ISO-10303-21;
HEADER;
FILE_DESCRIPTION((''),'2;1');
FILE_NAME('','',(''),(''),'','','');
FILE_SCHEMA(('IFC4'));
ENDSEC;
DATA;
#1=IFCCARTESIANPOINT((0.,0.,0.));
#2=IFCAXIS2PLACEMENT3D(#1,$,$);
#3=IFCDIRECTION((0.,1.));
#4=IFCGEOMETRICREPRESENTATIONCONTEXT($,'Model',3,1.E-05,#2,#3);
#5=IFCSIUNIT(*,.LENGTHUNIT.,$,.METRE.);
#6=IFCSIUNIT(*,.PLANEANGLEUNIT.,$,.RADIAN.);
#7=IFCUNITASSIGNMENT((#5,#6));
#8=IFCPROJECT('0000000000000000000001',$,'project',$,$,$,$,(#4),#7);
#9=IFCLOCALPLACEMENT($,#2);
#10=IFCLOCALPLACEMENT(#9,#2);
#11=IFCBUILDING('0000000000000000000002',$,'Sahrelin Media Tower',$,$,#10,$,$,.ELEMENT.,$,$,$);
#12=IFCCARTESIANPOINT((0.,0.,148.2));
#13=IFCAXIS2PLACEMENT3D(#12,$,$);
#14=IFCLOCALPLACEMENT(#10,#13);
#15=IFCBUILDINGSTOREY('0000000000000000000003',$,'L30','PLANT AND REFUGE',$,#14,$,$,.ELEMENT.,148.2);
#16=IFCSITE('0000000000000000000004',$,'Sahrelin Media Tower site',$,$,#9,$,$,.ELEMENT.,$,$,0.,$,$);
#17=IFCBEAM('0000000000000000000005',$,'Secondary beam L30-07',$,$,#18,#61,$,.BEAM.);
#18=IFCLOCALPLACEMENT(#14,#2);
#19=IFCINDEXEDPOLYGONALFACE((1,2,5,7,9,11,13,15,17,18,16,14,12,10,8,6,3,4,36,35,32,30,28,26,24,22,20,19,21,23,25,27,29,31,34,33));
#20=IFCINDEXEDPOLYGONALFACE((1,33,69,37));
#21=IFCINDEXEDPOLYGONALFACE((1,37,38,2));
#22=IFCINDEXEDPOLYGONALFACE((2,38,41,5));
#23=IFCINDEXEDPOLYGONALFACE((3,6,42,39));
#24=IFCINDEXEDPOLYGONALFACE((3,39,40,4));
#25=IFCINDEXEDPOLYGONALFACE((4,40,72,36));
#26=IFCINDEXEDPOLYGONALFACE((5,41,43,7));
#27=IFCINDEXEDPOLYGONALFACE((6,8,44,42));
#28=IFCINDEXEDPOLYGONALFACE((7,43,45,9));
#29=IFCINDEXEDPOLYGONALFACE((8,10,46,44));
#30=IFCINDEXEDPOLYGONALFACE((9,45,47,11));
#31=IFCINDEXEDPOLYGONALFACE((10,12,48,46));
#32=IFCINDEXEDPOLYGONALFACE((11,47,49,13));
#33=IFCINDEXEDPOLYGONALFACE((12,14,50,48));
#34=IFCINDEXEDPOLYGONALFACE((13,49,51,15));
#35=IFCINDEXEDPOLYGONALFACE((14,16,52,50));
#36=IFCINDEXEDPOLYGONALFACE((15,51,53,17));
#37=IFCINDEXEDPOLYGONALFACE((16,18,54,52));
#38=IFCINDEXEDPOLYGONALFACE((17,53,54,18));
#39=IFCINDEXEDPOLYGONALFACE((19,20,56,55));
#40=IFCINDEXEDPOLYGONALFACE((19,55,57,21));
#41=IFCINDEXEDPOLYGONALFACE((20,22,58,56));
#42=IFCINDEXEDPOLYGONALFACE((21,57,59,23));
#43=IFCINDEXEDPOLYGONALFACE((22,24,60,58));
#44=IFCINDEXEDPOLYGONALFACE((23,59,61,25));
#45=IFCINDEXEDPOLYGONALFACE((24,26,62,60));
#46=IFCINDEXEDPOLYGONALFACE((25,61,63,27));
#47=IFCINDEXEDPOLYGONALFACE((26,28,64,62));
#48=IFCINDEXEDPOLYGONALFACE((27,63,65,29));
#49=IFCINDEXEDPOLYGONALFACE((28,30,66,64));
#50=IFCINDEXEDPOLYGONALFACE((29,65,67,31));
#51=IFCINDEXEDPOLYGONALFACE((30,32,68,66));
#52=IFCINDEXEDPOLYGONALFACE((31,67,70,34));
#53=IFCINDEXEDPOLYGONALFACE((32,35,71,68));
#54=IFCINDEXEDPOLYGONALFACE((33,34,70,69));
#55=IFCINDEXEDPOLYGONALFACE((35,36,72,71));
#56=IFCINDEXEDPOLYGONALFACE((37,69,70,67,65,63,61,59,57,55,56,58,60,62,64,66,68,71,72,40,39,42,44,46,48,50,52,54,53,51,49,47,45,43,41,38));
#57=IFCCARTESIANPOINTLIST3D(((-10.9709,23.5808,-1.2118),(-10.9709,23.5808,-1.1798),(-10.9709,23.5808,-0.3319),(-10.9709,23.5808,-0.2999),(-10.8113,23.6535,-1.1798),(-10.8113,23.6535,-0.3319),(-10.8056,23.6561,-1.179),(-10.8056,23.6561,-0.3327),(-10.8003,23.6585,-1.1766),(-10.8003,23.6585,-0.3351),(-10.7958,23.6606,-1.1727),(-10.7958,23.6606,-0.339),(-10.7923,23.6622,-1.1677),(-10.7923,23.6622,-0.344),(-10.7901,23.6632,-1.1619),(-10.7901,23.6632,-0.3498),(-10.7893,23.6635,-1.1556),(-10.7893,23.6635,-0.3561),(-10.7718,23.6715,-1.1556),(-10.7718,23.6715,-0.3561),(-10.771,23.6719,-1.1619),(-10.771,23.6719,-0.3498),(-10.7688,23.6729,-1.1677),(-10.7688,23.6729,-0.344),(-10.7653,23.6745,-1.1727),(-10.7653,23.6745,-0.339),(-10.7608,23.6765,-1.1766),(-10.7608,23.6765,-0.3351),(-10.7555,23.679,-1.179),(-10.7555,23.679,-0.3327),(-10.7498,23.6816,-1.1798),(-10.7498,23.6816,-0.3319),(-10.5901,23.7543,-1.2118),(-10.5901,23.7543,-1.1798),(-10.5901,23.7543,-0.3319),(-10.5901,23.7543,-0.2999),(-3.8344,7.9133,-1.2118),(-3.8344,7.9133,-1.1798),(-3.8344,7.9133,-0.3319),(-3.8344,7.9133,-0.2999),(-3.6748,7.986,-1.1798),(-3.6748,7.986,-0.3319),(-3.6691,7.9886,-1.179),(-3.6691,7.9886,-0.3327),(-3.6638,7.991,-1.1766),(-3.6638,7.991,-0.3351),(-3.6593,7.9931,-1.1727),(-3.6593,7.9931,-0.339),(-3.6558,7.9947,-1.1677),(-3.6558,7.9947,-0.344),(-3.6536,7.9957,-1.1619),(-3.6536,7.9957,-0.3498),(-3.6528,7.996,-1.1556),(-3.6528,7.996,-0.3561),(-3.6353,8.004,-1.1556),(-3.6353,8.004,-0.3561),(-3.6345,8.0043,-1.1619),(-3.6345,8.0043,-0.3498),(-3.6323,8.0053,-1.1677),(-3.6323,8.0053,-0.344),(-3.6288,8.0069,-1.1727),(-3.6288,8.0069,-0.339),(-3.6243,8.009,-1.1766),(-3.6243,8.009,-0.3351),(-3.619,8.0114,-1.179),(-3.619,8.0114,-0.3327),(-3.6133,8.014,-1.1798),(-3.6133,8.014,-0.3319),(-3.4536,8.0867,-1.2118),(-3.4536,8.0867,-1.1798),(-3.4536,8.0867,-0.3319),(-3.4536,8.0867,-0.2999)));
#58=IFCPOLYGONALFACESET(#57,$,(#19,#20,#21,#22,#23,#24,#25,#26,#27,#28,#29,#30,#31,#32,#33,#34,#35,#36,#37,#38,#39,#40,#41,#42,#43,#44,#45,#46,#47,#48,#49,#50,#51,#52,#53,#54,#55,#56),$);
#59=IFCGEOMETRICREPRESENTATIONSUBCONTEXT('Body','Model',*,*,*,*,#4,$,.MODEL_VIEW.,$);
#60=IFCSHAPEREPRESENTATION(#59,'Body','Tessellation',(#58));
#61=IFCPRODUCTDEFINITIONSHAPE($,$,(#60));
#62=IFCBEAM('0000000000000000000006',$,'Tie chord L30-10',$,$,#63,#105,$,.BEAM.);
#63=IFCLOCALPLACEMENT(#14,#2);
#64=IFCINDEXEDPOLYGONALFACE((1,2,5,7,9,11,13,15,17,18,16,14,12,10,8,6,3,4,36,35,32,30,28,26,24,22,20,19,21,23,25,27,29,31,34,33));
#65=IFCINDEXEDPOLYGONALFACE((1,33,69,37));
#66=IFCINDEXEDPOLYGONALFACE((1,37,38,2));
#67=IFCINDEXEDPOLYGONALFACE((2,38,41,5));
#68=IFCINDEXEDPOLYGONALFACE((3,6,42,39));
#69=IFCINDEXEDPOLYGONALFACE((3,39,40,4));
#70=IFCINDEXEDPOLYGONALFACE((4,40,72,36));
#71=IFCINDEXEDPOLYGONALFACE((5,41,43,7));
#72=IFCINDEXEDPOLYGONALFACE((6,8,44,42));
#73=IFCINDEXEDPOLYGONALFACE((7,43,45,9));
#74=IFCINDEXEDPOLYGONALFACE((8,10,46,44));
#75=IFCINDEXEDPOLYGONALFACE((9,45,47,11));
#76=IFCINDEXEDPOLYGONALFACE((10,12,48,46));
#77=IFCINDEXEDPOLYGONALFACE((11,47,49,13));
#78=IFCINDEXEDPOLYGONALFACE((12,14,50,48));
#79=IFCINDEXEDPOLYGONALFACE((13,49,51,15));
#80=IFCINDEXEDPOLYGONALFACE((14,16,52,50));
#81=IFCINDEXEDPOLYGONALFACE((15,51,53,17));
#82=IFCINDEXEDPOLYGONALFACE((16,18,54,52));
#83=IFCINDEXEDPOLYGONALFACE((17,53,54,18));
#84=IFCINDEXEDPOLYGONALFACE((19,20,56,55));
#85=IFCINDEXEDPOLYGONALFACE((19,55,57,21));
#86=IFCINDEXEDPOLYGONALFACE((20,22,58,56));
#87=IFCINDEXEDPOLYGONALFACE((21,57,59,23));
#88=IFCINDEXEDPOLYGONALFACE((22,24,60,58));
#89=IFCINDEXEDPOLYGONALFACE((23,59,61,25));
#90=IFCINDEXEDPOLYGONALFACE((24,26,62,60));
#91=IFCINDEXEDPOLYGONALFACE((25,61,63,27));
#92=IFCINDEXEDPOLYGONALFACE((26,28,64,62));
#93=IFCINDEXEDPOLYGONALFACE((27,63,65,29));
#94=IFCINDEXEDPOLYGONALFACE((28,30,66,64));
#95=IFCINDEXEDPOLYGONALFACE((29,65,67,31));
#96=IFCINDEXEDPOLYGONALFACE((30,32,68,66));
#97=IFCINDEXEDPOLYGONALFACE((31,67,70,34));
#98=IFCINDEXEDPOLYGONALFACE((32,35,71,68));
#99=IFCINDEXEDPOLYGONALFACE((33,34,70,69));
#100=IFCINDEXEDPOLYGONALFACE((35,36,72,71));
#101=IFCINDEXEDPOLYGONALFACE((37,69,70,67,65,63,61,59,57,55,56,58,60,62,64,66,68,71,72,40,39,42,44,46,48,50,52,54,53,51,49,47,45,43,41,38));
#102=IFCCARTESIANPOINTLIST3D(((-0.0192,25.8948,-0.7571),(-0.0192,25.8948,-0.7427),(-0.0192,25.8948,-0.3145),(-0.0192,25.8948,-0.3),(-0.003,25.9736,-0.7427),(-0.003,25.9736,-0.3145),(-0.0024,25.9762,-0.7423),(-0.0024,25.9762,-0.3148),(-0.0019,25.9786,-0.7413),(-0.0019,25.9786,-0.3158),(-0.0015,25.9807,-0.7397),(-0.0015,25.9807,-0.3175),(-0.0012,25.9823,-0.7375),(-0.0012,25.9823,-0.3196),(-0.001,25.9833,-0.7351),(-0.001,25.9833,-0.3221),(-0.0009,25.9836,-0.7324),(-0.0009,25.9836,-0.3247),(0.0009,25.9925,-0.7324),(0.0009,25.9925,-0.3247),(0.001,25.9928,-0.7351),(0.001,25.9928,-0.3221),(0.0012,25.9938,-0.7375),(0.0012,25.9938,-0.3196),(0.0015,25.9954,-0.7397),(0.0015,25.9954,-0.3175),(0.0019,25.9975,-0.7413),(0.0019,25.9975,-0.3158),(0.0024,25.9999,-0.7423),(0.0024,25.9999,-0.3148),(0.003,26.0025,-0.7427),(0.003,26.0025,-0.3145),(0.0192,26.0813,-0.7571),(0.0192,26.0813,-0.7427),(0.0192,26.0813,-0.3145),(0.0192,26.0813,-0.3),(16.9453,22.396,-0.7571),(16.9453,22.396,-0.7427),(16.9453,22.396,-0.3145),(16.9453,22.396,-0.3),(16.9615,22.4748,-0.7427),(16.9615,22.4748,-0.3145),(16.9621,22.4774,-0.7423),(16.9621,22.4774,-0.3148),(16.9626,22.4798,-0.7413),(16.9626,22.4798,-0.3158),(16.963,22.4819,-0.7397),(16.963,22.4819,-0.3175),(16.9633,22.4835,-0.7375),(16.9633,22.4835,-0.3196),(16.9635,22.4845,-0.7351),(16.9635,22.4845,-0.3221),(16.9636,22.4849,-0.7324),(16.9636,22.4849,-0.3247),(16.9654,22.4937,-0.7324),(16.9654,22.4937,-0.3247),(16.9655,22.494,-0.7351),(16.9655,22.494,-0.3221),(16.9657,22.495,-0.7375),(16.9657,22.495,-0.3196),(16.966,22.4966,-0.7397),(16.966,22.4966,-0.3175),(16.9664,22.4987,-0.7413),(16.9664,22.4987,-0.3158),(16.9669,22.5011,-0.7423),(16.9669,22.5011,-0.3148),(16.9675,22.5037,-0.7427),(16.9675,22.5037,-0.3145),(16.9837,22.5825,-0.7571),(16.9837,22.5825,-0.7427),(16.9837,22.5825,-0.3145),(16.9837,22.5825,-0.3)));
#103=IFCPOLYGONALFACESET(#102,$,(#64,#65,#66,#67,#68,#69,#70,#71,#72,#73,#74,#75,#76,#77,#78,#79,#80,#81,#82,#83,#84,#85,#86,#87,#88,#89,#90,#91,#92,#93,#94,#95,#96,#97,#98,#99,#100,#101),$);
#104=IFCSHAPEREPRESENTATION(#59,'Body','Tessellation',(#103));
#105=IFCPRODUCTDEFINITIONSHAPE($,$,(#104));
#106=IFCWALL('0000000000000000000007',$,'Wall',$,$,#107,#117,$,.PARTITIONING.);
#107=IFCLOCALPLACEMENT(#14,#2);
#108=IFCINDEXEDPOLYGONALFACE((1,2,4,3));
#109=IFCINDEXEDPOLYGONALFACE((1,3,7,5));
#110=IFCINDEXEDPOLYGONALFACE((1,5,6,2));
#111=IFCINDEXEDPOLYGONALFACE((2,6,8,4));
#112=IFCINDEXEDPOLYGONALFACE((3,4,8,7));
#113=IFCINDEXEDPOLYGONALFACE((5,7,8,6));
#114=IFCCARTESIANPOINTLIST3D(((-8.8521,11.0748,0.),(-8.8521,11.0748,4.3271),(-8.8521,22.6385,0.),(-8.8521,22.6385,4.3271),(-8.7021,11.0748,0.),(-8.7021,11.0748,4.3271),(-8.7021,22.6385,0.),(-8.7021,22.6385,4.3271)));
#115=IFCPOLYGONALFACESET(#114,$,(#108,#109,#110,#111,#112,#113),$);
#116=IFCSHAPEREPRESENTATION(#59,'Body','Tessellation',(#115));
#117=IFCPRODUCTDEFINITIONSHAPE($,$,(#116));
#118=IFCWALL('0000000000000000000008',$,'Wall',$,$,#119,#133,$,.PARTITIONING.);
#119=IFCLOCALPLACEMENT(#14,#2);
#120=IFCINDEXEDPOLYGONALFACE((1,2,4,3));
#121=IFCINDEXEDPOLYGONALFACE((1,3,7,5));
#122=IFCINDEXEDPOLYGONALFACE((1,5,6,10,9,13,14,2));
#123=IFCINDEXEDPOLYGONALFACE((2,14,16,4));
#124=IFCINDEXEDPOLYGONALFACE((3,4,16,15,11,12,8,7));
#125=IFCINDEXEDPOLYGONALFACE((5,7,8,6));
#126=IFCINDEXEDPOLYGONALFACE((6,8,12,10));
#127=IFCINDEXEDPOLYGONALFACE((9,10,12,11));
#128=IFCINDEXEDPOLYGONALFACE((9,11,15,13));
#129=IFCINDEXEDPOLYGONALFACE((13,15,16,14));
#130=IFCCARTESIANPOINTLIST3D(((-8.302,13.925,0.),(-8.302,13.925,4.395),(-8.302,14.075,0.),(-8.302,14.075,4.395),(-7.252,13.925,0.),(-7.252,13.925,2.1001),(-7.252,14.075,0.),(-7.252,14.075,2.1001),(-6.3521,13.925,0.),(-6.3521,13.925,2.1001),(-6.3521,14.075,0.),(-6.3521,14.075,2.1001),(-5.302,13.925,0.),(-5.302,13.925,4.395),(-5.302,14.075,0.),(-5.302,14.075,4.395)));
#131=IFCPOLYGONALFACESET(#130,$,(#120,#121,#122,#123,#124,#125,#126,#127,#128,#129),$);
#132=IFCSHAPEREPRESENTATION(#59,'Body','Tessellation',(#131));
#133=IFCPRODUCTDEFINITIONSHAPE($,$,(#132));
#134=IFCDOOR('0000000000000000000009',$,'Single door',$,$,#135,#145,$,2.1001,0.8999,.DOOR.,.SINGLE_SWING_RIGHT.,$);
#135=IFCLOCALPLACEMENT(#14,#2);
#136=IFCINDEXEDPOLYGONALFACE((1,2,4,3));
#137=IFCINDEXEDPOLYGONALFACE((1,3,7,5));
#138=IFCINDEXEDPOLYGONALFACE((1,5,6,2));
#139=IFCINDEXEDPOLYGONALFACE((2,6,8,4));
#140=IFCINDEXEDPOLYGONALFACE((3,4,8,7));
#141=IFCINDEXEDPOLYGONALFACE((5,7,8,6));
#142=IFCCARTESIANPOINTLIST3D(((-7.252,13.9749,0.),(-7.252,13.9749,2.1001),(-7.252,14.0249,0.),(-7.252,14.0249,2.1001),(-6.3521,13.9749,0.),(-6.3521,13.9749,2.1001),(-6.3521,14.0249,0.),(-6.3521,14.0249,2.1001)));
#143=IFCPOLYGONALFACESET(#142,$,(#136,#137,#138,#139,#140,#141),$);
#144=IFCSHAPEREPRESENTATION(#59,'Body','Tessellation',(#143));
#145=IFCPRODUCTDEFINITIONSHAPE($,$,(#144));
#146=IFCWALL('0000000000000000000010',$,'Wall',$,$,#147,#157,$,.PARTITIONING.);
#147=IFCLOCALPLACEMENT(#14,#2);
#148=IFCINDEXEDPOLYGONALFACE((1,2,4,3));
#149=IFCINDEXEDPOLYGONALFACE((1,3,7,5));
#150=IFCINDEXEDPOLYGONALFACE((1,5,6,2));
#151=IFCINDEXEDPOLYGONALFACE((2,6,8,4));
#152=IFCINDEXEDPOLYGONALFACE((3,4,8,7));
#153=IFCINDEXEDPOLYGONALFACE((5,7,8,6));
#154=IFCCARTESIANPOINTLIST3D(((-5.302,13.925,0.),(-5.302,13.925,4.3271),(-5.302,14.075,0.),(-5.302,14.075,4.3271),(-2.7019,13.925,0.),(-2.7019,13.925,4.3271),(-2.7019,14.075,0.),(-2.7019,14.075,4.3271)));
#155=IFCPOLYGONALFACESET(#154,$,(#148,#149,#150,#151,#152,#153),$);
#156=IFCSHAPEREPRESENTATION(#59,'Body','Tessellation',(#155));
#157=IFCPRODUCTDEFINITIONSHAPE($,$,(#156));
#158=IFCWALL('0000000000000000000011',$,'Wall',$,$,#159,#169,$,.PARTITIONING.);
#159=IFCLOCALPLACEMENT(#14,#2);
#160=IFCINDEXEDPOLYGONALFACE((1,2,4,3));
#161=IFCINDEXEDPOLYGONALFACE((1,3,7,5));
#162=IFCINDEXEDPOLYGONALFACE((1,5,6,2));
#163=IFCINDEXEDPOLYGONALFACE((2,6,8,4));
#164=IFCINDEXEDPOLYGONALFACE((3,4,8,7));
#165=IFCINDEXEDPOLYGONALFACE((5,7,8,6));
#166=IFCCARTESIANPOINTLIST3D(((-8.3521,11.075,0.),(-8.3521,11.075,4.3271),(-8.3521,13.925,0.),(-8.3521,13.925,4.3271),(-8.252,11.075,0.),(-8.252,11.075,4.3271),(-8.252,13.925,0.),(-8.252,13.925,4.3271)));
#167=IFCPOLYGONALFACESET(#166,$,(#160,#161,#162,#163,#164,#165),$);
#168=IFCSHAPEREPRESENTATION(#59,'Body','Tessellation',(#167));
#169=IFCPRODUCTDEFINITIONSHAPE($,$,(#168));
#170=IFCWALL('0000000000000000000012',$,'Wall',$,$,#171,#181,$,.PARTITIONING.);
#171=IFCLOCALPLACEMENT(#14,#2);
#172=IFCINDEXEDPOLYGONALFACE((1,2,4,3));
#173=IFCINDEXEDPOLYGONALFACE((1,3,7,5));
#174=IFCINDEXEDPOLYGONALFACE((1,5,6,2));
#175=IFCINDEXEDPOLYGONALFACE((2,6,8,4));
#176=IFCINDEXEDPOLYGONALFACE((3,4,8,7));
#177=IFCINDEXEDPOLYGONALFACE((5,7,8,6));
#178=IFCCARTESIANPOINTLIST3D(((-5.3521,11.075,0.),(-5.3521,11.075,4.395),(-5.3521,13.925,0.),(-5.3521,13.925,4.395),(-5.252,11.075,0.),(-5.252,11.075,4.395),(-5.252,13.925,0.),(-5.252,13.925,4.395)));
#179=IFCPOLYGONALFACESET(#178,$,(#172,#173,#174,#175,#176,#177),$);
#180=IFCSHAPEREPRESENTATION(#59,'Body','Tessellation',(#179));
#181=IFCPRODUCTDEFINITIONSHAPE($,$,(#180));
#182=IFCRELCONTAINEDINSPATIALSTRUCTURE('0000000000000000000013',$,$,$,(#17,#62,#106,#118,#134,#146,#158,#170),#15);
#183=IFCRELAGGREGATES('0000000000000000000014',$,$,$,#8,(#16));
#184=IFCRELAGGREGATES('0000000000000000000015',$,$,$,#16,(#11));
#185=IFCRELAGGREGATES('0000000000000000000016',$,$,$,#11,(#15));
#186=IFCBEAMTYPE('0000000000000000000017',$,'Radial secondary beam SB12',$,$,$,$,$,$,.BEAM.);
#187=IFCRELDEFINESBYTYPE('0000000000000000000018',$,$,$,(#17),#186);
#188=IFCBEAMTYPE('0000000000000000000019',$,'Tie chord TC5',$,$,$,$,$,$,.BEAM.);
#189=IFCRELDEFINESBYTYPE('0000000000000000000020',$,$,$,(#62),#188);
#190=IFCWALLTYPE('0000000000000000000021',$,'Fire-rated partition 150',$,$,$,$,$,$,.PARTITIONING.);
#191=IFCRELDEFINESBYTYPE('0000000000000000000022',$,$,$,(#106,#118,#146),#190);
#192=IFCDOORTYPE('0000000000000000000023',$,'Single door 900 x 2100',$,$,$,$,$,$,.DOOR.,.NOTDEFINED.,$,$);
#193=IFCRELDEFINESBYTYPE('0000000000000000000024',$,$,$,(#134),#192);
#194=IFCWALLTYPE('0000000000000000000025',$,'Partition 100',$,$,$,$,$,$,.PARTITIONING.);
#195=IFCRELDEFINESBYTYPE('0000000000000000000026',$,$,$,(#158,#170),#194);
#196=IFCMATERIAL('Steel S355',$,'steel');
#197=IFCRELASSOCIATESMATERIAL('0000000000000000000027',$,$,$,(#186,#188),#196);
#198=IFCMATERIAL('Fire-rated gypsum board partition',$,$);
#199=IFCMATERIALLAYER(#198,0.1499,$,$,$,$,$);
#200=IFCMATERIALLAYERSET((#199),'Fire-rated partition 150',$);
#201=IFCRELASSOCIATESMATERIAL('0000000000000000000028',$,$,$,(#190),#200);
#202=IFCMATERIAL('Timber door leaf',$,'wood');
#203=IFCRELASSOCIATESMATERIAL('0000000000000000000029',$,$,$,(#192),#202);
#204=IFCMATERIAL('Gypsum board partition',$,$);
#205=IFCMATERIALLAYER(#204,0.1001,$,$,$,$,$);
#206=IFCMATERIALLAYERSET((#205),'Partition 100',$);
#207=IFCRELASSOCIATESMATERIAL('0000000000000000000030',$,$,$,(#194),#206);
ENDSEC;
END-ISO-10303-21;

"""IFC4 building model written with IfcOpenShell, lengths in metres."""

from ifc_helpers import new_model, si_unit, direction, frame, frame_2d, origin, origin_2d, place, context, subcontext, project, spatial, rectangle, i_section, extrude, material, layer, layer_set, material_profile, profile_set, type_object, element, fill, save


model = new_model("IFC4")

# Units and contexts
model_context = context("Model", 3, precision=1e-05, world=origin(), true_north=direction((0.0, 1.0)))
body_context = subcontext(model_context, "Body", "Model", "MODEL_VIEW")
ifc_project = project(units=[si_unit("LENGTHUNIT", "METRE"), si_unit("PLANEANGLEUNIT", "RADIAN")], contexts=[model_context])

# Site, building, storey
site_placement = place(None, origin())
site = spatial("IfcSite", under=ifc_project, at=site_placement, Name="Sahrelin Media Tower site", CompositionType="ELEMENT", RefElevation=0.0)
building_placement = place(site_placement, origin())
building = spatial("IfcBuilding", under=site, at=building_placement, Name="Sahrelin Media Tower", CompositionType="ELEMENT")
storey_placement = place(building_placement, frame((0.0, 0.0, 148.2)))
storey = spatial("IfcBuildingStorey", under=building, at=storey_placement, Name="L30", Description="PLANT AND REFUGE", CompositionType="ELEMENT", Elevation=148.2)

# Beams
ifc_material_1 = material(Name="Steel S355", Category="steel")
ifc_material_profile_1 = material_profile(ifc_material_1, i_section(OverallWidth=0.4185, OverallDepth=0.9119, WebThickness=0.0193, FlangeThickness=0.032, FilletRadius=0.0242, at=origin_2d()), Name="UB 914x419x343")
ifc_profile_set_1 = profile_set([ifc_material_profile_1], Name="Steel S355")
beam_type_1 = type_object("IfcBeamType", Name="Radial secondary beam SB12", PredefinedType="BEAM", material=ifc_profile_set_1)
beam_1_placement = place(storey_placement, frame((-3.644, 8.0, -0.7559), z_axis=(-0.41452, 0.91004, 0.0), x_axis=(-0.91004, -0.41452, 0.0)))
element("IfcBeam", 1, at=beam_1_placement, inside=storey, type_object=beam_type_1, Name="Secondary beam L30-07", PredefinedType="BEAM", context=body_context, shape_type="SweptSolid", body=[
    extrude(i_section(OverallWidth=0.4185, OverallDepth=0.9119, WebThickness=0.0193, FlangeThickness=0.032, FilletRadius=0.0242, at=origin_2d()), origin(), (0.0, 0.0, 1.0), 17.2163),
])
ifc_material_profile_2 = material_profile(ifc_material_1, i_section(OverallWidth=0.1904, OverallDepth=0.457, WebThickness=0.009, FlangeThickness=0.0144, FilletRadius=0.0103, at=origin_2d()), Name="UB 457x191x74")
ifc_profile_set_2 = profile_set([ifc_material_profile_2], Name="Steel S355")
beam_type_2 = type_object("IfcBeamType", Name="Tie chord TC5", PredefinedType="BEAM", material=ifc_profile_set_2)
beam_2_placement = place(storey_placement, frame((0.0, 25.988, -0.5286), z_axis=(0.979388, -0.201989, 0.0), x_axis=(0.201989, 0.979388, 0.0)))
element("IfcBeam", 2, at=beam_2_placement, inside=storey, type_object=beam_type_2, Name="Tie chord L30-10", PredefinedType="BEAM", context=body_context, shape_type="SweptSolid", body=[
    extrude(i_section(OverallWidth=0.1904, OverallDepth=0.457, WebThickness=0.009, FlangeThickness=0.0144, FilletRadius=0.0103, at=origin_2d()), origin(), (0.0, 0.0, 1.0), 17.3215),
])

# Wall
ifc_material_2 = material(Name="Fire-rated gypsum board partition")
ifc_layer_1 = layer(ifc_material_2, 0.1499)
ifc_layer_set_1 = layer_set([ifc_layer_1], Name="Fire-rated partition 150")
wall_type_1 = type_object("IfcWallType", Name="Fire-rated partition 150", PredefinedType="PARTITIONING", material=ifc_layer_set_1)
wall_1_placement = place(storey_placement, frame((-8.7771, 11.075, 0.0), z_axis=(0.0, 0.0, 1.0), x_axis=(0.0, 1.0, 0.0)))
element("IfcWall", 3, at=wall_1_placement, inside=storey, type_object=wall_type_1, Name="Wall", PredefinedType="PARTITIONING", context=body_context, shape_type="SweptSolid", body=[
    extrude(rectangle(XDim=11.5637, YDim=0.1499, at=frame_2d((5.7817, 0.0))), origin(), (0.0, 0.0, 1.0), 4.3271),
])

# Wall, opening, door
wall_2_placement = place(storey_placement, frame((-8.302, 14.0, 0.0), z_axis=(0.0, 0.0, 1.0), x_axis=(1.0, 0.0, 0.0)))
wall_2 = element("IfcWall", 4, at=wall_2_placement, inside=storey, type_object=wall_type_1, Name="Wall", PredefinedType="PARTITIONING", context=body_context, shape_type="SweptSolid", body=[
    extrude(rectangle(XDim=3.0, YDim=0.1499, at=frame_2d((1.5, 0.0))), origin(), (0.0, 0.0, 1.0), 4.395),
])
opening_1_placement = place(wall_2_placement, frame((1.05, 0.0, 0.0)))
opening_1 = element("IfcOpeningElement", 5, at=opening_1_placement, cuts=wall_2, PredefinedType="OPENING", context=body_context, shape_type="SweptSolid", body=[
    extrude(rectangle(XDim=0.8999, YDim=2.1001, at=frame_2d((0.45, 1.05))), frame((0.0, 0.075, 0.0), z_axis=(0.0, -1.0, 0.0), x_axis=(1.0, 0.0, 0.0)), (0.0, 0.0, 1.0), 0.1499),
])
ifc_material_3 = material(Name="Timber door leaf", Category="wood")
door_type = type_object("IfcDoorType", Name="Single door 900 x 2100", OperationType="NOTDEFINED", PredefinedType="DOOR", material=ifc_material_3)
door_1_placement = place(opening_1_placement, origin())
door_1 = element("IfcDoor", 6, at=door_1_placement, inside=storey, type_object=door_type, Name="Single door", OperationType="SINGLE_SWING_RIGHT", OverallHeight=2.1001, OverallWidth=0.8999, PredefinedType="DOOR", context=body_context, shape_type="SweptSolid", body=[
    extrude(rectangle(XDim=0.8999, YDim=2.1001, at=frame_2d((0.45, 1.05))), frame((0.0, 0.0249, 0.0), z_axis=(0.0, -1.0, 0.0), x_axis=(1.0, 0.0, 0.0)), (0.0, 0.0, 1.0), 0.05),
])
fill(opening_1, door_1)

# Walls
wall_3_placement = place(storey_placement, frame((-5.302, 14.0, 0.0), z_axis=(0.0, 0.0, 1.0), x_axis=(1.0, 0.0, 0.0)))
element("IfcWall", 7, at=wall_3_placement, inside=storey, type_object=wall_type_1, Name="Wall", PredefinedType="PARTITIONING", context=body_context, shape_type="SweptSolid", body=[
    extrude(rectangle(XDim=2.6001, YDim=0.1499, at=frame_2d((1.3, 0.0))), origin(), (0.0, 0.0, 1.0), 4.3271),
])
ifc_material_4 = material(Name="Gypsum board partition")
ifc_layer_2 = layer(ifc_material_4, 0.1001)
ifc_layer_set_2 = layer_set([ifc_layer_2], Name="Partition 100")
wall_type_2 = type_object("IfcWallType", Name="Partition 100", PredefinedType="PARTITIONING", material=ifc_layer_set_2)
wall_4_placement = place(storey_placement, frame((-8.302, 11.075, 0.0), z_axis=(0.0, 0.0, 1.0), x_axis=(0.0, 1.0, 0.0)))
element("IfcWall", 8, at=wall_4_placement, inside=storey, type_object=wall_type_2, Name="Wall", PredefinedType="PARTITIONING", context=body_context, shape_type="SweptSolid", body=[
    extrude(rectangle(XDim=2.8501, YDim=0.1001, at=frame_2d((1.425, 0.0))), origin(), (0.0, 0.0, 1.0), 4.3271),
])
wall_5_placement = place(storey_placement, frame((-5.302, 11.075, 0.0), z_axis=(0.0, 0.0, 1.0), x_axis=(0.0, 1.0, 0.0)))
element("IfcWall", 9, at=wall_5_placement, inside=storey, type_object=wall_type_2, Name="Wall", PredefinedType="PARTITIONING", context=body_context, shape_type="SweptSolid", body=[
    extrude(rectangle(XDim=2.8501, YDim=0.1001, at=frame_2d((1.425, 0.0))), origin(), (0.0, 0.0, 1.0), 4.395),
])

save(model, "model.ifc")
